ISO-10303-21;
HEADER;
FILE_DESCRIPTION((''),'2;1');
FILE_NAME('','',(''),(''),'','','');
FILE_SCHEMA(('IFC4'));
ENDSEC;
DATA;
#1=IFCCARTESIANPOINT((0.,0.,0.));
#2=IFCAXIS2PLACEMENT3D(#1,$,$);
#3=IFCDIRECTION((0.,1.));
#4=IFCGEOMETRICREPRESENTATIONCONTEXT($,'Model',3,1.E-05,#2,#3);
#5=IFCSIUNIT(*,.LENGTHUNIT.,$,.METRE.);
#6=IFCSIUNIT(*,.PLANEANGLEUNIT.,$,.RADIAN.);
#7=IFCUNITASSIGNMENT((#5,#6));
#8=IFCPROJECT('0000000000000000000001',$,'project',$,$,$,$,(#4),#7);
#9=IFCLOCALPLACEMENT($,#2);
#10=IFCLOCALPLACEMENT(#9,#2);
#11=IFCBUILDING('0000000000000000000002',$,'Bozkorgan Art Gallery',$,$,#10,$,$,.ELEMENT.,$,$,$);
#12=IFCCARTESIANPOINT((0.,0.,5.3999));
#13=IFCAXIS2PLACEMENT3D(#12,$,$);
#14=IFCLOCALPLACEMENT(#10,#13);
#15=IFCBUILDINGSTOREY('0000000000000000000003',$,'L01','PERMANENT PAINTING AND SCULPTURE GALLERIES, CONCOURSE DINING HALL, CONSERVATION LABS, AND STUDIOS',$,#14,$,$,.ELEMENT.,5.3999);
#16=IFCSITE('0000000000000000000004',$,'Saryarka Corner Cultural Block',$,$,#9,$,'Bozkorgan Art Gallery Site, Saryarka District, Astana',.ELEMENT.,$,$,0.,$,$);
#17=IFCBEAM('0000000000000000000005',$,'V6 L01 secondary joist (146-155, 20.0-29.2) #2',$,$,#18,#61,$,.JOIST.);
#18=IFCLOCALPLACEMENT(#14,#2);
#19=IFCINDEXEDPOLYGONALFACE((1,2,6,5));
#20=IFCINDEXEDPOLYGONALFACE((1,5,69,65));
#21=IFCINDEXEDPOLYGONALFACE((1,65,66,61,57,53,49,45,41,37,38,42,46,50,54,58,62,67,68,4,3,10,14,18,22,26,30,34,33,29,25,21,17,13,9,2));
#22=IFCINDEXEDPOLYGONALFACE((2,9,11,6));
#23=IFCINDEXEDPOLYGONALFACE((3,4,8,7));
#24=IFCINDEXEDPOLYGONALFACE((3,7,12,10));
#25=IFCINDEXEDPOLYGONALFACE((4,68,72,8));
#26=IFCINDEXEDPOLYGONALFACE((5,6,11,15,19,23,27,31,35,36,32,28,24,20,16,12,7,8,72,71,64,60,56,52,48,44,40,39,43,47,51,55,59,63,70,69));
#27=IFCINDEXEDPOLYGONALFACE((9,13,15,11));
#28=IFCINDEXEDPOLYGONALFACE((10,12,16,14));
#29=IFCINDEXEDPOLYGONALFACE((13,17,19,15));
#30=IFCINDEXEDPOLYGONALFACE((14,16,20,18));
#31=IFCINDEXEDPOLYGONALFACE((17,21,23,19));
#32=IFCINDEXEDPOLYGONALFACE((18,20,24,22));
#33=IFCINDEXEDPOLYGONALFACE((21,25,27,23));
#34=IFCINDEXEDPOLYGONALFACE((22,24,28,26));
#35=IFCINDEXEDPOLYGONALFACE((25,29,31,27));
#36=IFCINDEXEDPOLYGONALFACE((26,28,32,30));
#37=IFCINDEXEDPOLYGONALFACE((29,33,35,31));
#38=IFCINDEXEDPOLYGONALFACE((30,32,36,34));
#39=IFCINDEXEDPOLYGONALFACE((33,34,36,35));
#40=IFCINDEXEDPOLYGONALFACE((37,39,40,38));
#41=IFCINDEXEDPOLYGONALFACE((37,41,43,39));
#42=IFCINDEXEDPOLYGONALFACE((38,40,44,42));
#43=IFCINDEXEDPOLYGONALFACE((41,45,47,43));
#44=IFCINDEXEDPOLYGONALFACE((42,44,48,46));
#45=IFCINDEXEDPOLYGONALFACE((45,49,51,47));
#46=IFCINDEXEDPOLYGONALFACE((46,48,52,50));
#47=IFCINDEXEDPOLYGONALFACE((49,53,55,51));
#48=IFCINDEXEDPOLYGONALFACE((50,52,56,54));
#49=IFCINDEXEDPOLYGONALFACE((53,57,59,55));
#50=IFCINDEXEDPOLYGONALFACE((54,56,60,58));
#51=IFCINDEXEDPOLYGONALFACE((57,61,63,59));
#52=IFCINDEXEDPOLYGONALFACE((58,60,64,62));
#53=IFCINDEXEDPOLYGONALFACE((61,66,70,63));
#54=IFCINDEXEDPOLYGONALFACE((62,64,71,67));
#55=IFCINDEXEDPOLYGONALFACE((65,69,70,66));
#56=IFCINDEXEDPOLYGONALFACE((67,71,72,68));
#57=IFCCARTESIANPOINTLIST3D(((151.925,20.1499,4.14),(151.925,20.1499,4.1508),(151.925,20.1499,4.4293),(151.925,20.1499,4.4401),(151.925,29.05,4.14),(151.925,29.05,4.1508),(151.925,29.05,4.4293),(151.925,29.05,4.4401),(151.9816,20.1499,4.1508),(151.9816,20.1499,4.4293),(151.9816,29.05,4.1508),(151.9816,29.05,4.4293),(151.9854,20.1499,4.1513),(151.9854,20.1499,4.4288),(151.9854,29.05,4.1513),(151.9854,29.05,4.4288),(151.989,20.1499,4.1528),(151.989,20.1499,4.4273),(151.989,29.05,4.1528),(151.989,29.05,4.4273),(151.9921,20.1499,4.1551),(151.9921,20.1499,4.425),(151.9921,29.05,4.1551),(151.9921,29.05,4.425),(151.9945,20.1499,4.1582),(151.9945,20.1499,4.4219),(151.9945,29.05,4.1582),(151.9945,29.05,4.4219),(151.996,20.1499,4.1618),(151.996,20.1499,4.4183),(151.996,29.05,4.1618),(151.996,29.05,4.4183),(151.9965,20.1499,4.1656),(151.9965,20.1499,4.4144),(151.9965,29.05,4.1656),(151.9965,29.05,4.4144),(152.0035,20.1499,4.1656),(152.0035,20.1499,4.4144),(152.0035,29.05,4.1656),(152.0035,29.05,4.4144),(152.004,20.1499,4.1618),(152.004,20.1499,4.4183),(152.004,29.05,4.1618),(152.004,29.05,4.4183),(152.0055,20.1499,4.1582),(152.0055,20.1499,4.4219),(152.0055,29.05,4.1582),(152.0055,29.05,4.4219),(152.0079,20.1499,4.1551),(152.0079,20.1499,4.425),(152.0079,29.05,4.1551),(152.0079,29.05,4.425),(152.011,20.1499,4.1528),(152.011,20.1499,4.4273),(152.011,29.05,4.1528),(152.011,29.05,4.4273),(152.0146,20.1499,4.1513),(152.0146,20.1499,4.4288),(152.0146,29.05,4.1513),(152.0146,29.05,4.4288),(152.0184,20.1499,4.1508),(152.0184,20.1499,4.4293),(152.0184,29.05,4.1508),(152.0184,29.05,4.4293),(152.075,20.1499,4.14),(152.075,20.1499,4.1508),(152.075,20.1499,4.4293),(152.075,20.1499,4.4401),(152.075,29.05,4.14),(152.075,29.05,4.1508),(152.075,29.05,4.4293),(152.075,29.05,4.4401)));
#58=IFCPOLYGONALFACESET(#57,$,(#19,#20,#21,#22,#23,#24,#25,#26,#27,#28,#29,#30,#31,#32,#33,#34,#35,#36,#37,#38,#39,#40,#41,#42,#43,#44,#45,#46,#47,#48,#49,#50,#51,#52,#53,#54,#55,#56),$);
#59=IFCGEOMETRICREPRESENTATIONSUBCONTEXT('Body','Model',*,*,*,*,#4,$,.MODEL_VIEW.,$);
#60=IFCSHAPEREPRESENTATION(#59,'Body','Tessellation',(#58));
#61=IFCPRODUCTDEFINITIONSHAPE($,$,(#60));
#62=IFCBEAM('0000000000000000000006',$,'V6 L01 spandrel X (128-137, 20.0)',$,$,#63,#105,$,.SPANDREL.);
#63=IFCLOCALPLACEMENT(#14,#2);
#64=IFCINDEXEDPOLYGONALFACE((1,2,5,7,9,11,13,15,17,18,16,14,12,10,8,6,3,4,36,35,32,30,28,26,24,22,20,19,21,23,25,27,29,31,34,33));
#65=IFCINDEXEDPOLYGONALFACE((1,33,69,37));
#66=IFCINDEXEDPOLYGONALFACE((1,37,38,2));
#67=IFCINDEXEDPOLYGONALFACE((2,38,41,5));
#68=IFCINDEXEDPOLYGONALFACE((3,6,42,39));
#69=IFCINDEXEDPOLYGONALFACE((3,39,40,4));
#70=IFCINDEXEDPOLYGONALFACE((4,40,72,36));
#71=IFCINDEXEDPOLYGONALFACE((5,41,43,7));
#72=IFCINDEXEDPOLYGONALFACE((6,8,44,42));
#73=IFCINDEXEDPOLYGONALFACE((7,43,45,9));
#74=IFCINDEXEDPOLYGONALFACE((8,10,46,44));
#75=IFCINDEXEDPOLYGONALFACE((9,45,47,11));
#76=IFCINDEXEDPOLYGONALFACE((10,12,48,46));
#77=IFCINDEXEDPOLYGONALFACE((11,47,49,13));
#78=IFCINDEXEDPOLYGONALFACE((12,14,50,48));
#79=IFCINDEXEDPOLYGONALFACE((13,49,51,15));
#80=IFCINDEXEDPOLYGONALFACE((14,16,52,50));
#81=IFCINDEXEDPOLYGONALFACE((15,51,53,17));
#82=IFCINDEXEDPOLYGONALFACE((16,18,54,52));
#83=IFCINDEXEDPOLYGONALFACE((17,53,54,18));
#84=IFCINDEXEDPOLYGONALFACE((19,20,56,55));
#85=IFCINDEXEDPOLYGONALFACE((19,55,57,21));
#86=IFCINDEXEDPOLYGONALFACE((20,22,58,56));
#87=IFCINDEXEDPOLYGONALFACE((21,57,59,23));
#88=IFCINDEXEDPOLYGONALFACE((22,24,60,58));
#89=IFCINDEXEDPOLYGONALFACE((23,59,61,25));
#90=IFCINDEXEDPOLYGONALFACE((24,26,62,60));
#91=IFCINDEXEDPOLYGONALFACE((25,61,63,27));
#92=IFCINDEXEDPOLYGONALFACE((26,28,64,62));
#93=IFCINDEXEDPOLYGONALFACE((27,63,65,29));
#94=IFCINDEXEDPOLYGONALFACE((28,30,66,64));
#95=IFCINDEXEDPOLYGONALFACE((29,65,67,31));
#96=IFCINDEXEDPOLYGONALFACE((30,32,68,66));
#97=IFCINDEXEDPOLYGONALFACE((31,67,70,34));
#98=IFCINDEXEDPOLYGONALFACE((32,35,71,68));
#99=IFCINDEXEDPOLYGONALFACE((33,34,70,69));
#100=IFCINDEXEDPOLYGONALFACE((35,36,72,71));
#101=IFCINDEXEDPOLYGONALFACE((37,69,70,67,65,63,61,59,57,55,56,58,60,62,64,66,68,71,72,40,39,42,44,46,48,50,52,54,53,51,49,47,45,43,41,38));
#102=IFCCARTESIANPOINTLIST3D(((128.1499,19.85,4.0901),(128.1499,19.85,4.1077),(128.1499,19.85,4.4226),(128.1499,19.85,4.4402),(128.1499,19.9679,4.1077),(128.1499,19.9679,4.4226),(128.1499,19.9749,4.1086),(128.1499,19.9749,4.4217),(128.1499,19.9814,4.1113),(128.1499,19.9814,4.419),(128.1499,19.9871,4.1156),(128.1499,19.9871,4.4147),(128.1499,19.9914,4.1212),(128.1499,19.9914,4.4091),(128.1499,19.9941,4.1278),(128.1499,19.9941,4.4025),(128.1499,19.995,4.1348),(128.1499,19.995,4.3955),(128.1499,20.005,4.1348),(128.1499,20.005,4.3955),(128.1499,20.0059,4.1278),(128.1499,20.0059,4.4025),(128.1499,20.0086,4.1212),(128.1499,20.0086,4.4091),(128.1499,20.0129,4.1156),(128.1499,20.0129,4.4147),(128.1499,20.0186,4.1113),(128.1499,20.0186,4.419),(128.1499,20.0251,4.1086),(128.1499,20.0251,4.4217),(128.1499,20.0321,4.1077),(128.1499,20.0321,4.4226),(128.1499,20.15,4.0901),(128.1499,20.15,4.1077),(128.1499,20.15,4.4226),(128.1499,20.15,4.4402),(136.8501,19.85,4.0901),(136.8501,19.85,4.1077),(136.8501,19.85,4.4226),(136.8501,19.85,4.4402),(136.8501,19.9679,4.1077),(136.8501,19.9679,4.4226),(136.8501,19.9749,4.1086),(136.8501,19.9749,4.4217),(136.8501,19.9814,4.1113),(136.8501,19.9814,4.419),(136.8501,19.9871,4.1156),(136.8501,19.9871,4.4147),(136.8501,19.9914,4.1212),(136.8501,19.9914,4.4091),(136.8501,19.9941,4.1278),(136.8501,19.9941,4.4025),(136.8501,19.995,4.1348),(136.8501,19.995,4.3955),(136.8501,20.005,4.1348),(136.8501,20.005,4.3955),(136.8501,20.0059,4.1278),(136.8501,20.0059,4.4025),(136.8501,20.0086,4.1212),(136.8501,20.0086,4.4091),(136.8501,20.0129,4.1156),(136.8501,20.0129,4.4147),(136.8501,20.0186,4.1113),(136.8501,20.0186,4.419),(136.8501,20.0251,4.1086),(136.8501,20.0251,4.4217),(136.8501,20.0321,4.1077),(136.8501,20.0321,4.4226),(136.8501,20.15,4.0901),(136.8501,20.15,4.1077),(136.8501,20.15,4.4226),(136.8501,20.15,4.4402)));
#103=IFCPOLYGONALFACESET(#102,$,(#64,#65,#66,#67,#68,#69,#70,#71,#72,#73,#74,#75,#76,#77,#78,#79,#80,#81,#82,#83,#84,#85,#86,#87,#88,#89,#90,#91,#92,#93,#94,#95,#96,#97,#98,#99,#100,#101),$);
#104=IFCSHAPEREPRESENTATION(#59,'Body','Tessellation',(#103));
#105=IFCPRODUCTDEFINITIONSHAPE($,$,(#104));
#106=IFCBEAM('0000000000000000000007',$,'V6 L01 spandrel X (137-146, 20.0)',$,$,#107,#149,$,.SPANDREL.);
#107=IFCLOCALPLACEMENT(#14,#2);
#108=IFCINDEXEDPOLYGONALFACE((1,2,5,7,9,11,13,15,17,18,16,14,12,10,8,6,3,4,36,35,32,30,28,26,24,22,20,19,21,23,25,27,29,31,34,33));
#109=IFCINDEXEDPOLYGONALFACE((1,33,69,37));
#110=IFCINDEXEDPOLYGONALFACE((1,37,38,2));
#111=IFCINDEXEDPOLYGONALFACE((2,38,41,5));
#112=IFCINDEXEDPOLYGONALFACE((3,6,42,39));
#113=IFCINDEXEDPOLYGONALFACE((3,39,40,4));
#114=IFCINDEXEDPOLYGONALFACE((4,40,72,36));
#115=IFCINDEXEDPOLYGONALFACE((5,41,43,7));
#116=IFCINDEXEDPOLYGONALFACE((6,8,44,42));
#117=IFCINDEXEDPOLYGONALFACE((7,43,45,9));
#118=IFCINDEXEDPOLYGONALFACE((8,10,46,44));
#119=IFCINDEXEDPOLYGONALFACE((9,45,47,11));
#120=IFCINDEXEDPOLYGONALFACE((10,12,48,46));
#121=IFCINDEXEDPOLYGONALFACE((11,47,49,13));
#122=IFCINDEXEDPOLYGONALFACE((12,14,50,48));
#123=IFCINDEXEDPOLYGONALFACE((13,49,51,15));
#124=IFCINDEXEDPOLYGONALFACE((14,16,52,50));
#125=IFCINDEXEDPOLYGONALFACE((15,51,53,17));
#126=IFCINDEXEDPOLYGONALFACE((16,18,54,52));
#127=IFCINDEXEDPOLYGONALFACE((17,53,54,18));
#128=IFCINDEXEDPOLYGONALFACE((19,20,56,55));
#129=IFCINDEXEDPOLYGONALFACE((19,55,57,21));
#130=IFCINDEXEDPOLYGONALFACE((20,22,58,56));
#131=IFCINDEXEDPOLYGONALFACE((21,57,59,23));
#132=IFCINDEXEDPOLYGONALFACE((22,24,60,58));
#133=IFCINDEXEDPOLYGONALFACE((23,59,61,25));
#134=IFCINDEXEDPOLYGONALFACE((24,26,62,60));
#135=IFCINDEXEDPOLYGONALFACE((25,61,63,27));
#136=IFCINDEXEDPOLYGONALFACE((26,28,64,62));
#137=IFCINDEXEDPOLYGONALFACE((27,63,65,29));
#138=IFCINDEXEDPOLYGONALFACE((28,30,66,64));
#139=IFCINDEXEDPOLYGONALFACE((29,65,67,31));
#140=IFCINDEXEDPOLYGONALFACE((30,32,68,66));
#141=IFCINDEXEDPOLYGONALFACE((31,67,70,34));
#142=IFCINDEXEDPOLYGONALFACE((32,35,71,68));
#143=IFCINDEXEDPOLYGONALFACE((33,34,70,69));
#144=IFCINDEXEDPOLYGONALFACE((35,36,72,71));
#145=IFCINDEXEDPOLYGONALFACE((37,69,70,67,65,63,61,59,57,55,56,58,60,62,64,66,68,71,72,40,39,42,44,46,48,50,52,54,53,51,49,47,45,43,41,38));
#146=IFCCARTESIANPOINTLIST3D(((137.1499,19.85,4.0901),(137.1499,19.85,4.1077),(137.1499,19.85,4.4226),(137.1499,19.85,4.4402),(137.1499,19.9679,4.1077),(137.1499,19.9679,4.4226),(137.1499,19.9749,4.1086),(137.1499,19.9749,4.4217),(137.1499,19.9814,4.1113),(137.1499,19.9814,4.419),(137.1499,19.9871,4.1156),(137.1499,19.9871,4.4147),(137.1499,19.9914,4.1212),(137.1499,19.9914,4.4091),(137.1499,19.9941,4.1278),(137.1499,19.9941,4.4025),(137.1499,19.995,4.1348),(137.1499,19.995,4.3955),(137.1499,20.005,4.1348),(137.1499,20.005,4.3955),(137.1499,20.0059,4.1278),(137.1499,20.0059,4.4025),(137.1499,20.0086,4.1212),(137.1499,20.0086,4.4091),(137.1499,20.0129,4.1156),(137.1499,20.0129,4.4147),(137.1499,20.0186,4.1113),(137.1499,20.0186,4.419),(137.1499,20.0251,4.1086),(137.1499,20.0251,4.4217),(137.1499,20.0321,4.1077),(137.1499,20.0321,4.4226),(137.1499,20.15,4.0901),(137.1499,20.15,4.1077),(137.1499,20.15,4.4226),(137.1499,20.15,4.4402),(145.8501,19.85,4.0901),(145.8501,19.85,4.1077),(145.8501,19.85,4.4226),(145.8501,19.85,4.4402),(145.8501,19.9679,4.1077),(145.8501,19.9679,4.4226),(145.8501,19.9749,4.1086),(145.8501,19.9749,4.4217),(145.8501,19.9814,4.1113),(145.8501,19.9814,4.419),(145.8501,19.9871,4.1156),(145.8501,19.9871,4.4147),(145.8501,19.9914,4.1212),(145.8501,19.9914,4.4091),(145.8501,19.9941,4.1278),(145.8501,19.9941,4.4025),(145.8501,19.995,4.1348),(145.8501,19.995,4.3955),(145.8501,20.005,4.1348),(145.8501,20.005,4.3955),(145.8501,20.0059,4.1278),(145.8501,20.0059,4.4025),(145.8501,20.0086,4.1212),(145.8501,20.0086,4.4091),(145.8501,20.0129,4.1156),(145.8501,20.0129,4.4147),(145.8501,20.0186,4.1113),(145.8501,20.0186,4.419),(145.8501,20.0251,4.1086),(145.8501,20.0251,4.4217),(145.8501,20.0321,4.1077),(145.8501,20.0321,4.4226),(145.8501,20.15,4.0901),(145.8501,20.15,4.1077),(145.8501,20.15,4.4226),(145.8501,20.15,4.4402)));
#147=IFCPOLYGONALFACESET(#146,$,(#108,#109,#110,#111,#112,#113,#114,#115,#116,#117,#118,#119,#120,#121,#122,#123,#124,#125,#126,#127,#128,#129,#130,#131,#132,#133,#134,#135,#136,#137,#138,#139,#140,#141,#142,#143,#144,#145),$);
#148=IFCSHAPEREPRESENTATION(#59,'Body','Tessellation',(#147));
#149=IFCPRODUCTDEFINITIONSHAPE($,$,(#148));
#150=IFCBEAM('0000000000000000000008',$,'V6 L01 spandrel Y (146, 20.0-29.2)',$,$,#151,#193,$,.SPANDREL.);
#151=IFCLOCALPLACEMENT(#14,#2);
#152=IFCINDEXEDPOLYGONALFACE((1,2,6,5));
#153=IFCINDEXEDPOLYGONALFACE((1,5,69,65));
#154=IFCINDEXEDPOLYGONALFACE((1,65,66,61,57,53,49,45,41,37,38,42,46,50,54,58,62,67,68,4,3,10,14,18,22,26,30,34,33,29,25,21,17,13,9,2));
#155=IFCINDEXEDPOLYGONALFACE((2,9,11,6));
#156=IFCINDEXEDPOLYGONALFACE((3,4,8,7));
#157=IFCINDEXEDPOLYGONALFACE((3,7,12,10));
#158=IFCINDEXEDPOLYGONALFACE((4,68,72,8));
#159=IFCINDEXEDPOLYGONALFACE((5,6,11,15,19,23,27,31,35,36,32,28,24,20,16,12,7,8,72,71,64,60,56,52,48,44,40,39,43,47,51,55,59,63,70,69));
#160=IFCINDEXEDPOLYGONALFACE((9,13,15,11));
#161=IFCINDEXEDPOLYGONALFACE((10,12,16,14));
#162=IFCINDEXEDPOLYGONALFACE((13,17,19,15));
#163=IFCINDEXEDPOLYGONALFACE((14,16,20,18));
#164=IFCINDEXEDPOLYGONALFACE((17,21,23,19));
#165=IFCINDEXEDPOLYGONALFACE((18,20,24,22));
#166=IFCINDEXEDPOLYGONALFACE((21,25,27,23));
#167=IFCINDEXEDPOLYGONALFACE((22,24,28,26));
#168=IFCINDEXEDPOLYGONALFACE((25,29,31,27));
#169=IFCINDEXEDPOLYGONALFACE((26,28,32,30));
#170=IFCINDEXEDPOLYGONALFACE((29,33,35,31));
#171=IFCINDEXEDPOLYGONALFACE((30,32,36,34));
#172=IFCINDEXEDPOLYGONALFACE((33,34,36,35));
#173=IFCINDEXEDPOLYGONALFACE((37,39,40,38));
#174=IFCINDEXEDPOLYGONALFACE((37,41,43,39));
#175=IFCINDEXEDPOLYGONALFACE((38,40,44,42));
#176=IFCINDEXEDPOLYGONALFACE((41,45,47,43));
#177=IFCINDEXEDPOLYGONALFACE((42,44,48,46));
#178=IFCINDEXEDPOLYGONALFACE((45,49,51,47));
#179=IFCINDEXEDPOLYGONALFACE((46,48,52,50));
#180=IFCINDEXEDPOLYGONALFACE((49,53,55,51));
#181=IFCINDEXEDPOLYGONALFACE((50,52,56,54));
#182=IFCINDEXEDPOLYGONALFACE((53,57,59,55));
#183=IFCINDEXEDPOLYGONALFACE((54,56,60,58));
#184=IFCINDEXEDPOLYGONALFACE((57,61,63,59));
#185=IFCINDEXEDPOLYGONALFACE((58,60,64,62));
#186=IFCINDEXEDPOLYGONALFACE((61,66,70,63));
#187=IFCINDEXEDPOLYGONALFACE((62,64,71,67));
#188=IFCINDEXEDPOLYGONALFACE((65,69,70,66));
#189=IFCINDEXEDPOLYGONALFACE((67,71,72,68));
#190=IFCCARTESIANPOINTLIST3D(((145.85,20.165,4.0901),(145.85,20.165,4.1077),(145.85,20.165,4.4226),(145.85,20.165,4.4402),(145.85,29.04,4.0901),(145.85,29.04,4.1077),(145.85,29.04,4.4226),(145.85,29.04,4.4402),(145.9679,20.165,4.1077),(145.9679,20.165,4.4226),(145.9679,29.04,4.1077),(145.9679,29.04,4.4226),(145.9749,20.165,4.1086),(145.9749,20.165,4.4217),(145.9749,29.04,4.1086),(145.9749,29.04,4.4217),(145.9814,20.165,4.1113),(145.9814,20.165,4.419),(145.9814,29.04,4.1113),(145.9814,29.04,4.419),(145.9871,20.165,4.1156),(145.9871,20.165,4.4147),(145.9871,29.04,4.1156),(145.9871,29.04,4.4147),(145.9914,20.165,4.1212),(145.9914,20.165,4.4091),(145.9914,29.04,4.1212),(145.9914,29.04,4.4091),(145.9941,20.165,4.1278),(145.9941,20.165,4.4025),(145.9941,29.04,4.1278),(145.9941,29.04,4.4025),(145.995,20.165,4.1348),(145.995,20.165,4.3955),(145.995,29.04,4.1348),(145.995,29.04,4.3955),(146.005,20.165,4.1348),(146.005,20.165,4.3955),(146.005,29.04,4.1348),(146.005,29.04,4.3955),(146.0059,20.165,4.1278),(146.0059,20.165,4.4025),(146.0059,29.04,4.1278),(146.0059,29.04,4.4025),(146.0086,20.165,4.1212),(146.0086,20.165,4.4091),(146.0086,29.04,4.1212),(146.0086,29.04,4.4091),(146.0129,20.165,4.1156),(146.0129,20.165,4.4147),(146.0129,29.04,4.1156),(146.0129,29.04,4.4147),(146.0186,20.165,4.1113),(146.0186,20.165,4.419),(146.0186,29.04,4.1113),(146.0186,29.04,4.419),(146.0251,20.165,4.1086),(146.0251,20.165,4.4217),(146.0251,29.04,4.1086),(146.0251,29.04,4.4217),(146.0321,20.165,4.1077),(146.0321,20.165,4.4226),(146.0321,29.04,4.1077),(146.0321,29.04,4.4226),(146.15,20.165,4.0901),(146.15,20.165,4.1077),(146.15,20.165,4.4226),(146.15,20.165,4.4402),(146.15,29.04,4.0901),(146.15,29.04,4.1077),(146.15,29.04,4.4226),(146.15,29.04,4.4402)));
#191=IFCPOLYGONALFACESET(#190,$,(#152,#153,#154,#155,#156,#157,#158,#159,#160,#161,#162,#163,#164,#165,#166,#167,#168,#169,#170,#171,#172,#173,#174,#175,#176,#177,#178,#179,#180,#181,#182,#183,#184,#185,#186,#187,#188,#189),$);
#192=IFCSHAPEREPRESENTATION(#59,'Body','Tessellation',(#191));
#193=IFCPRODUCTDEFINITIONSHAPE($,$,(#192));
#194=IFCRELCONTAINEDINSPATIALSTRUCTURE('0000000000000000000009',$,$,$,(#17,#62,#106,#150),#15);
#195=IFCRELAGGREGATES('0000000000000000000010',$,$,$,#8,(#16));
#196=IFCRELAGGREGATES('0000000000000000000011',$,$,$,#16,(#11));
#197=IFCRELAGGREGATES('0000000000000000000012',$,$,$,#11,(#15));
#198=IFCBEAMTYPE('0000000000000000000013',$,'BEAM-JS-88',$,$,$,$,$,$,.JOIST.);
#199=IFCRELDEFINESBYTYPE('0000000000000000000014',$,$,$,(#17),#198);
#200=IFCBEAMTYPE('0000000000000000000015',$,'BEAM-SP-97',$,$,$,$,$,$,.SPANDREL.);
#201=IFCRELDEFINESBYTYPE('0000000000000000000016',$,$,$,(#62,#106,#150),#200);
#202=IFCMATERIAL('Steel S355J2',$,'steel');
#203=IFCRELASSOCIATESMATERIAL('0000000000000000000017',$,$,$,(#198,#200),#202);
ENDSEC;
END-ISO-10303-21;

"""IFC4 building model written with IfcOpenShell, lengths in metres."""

from ifc_helpers import new_model, si_unit, direction, frame, origin, origin_2d, place, context, subcontext, project, spatial, i_section, extrude, material, material_profile, profile_set, type_object, element, save


model = new_model("IFC4")

# Units and contexts
model_context = context("Model", 3, precision=1e-05, world=origin(), true_north=direction((0.0, 1.0)))
body_context = subcontext(model_context, "Body", "Model", "MODEL_VIEW")
ifc_project = project(units=[si_unit("LENGTHUNIT", "METRE"), si_unit("PLANEANGLEUNIT", "RADIAN")], contexts=[model_context])

# Site, building, storey
site_placement = place(None, origin())
site = spatial("IfcSite", under=ifc_project, at=site_placement, Name="Saryarka Corner Cultural Block", LongName="Bozkorgan Art Gallery Site, Saryarka District, Astana", CompositionType="ELEMENT", RefElevation=0.0)
building_placement = place(site_placement, origin())
building = spatial("IfcBuilding", under=site, at=building_placement, Name="Bozkorgan Art Gallery", CompositionType="ELEMENT")
storey_placement = place(building_placement, frame((0.0, 0.0, 5.3999)))
storey = spatial("IfcBuildingStorey", under=building, at=storey_placement, Name="L01", Description="PERMANENT PAINTING AND SCULPTURE GALLERIES, CONCOURSE DINING HALL, CONSERVATION LABS, AND STUDIOS", CompositionType="ELEMENT", Elevation=5.3999)

# Shared definitions
ifc_material_1 = material(Name="Steel S355J2", Category="steel")

# Beams
ifc_material_profile_1 = material_profile(ifc_material_1, i_section(OverallWidth=0.1499, OverallDepth=0.3, WebThickness=0.0071, FlangeThickness=0.0107, FilletRadius=0.0149, at=origin_2d()), Name="IPE 300")
ifc_profile_set_1 = profile_set([ifc_material_profile_1], Name="Steel S355J2")
beam_type_1 = type_object("IfcBeamType", Name="BEAM-JS-88", PredefinedType="JOIST", material=ifc_profile_set_1)
for number, where, z_axis, x_axis, name in (
    (1, (152.0, 20.1499, 4.29), (0.0, 1.0, 0.0), (-1.0, 0.0, 0.0), "V6 L01 secondary joist (146-155, 20.0-29.2) #2"),
):
    element("IfcBeam", number, at=place(storey_placement, frame(where, z_axis=z_axis, x_axis=x_axis)), inside=storey, type_object=beam_type_1, Name=name, PredefinedType="JOIST", context=body_context, shape_type="SweptSolid", body=[
        extrude(i_section(OverallWidth=0.1499, OverallDepth=0.3, WebThickness=0.0071, FlangeThickness=0.0107, FilletRadius=0.0149, at=origin_2d()), origin(), (0.0, 0.0, 1.0), 8.9001),
    ])
ifc_material_profile_2 = material_profile(ifc_material_1, i_section(OverallWidth=0.3, OverallDepth=0.3501, WebThickness=0.01, FlangeThickness=0.0176, FilletRadius=0.0271, at=origin_2d()), Name="HEA 360")
ifc_profile_set_2 = profile_set([ifc_material_profile_2], Name="Steel S355J2")
beam_type_2 = type_object("IfcBeamType", Name="BEAM-SP-97", PredefinedType="SPANDREL", material=ifc_profile_set_2)
for number, where, z_axis, x_axis, name in (
    (2, (128.1499, 20.0, 4.2651), (1.0, 0.0, 0.0), (0.0, 1.0, 0.0), "V6 L01 spandrel X (128-137, 20.0)"),
    (3, (137.1499, 20.0, 4.2651), (1.0, 0.0, 0.0), (0.0, 1.0, 0.0), "V6 L01 spandrel X (137-146, 20.0)"),
):
    element("IfcBeam", number, at=place(storey_placement, frame(where, z_axis=z_axis, x_axis=x_axis)), inside=storey, type_object=beam_type_2, Name=name, PredefinedType="SPANDREL", context=body_context, shape_type="SweptSolid", body=[
        extrude(i_section(OverallWidth=0.3, OverallDepth=0.3501, WebThickness=0.01, FlangeThickness=0.0176, FilletRadius=0.0271, at=origin_2d()), origin(), (0.0, 0.0, 1.0), 8.7002),
    ])
beam_1_placement = place(storey_placement, frame((146.0, 20.165, 4.2651), z_axis=(0.0, 1.0, 0.0), x_axis=(-1.0, 0.0, 0.0)))
element("IfcBeam", 4, at=beam_1_placement, inside=storey, type_object=beam_type_2, Name="V6 L01 spandrel Y (146, 20.0-29.2)", PredefinedType="SPANDREL", context=body_context, shape_type="SweptSolid", body=[
    extrude(i_section(OverallWidth=0.3, OverallDepth=0.3501, WebThickness=0.01, FlangeThickness=0.0176, FilletRadius=0.0271, at=origin_2d()), origin(), (0.0, 0.0, 1.0), 8.875),
])

save(model, "model.ifc")
